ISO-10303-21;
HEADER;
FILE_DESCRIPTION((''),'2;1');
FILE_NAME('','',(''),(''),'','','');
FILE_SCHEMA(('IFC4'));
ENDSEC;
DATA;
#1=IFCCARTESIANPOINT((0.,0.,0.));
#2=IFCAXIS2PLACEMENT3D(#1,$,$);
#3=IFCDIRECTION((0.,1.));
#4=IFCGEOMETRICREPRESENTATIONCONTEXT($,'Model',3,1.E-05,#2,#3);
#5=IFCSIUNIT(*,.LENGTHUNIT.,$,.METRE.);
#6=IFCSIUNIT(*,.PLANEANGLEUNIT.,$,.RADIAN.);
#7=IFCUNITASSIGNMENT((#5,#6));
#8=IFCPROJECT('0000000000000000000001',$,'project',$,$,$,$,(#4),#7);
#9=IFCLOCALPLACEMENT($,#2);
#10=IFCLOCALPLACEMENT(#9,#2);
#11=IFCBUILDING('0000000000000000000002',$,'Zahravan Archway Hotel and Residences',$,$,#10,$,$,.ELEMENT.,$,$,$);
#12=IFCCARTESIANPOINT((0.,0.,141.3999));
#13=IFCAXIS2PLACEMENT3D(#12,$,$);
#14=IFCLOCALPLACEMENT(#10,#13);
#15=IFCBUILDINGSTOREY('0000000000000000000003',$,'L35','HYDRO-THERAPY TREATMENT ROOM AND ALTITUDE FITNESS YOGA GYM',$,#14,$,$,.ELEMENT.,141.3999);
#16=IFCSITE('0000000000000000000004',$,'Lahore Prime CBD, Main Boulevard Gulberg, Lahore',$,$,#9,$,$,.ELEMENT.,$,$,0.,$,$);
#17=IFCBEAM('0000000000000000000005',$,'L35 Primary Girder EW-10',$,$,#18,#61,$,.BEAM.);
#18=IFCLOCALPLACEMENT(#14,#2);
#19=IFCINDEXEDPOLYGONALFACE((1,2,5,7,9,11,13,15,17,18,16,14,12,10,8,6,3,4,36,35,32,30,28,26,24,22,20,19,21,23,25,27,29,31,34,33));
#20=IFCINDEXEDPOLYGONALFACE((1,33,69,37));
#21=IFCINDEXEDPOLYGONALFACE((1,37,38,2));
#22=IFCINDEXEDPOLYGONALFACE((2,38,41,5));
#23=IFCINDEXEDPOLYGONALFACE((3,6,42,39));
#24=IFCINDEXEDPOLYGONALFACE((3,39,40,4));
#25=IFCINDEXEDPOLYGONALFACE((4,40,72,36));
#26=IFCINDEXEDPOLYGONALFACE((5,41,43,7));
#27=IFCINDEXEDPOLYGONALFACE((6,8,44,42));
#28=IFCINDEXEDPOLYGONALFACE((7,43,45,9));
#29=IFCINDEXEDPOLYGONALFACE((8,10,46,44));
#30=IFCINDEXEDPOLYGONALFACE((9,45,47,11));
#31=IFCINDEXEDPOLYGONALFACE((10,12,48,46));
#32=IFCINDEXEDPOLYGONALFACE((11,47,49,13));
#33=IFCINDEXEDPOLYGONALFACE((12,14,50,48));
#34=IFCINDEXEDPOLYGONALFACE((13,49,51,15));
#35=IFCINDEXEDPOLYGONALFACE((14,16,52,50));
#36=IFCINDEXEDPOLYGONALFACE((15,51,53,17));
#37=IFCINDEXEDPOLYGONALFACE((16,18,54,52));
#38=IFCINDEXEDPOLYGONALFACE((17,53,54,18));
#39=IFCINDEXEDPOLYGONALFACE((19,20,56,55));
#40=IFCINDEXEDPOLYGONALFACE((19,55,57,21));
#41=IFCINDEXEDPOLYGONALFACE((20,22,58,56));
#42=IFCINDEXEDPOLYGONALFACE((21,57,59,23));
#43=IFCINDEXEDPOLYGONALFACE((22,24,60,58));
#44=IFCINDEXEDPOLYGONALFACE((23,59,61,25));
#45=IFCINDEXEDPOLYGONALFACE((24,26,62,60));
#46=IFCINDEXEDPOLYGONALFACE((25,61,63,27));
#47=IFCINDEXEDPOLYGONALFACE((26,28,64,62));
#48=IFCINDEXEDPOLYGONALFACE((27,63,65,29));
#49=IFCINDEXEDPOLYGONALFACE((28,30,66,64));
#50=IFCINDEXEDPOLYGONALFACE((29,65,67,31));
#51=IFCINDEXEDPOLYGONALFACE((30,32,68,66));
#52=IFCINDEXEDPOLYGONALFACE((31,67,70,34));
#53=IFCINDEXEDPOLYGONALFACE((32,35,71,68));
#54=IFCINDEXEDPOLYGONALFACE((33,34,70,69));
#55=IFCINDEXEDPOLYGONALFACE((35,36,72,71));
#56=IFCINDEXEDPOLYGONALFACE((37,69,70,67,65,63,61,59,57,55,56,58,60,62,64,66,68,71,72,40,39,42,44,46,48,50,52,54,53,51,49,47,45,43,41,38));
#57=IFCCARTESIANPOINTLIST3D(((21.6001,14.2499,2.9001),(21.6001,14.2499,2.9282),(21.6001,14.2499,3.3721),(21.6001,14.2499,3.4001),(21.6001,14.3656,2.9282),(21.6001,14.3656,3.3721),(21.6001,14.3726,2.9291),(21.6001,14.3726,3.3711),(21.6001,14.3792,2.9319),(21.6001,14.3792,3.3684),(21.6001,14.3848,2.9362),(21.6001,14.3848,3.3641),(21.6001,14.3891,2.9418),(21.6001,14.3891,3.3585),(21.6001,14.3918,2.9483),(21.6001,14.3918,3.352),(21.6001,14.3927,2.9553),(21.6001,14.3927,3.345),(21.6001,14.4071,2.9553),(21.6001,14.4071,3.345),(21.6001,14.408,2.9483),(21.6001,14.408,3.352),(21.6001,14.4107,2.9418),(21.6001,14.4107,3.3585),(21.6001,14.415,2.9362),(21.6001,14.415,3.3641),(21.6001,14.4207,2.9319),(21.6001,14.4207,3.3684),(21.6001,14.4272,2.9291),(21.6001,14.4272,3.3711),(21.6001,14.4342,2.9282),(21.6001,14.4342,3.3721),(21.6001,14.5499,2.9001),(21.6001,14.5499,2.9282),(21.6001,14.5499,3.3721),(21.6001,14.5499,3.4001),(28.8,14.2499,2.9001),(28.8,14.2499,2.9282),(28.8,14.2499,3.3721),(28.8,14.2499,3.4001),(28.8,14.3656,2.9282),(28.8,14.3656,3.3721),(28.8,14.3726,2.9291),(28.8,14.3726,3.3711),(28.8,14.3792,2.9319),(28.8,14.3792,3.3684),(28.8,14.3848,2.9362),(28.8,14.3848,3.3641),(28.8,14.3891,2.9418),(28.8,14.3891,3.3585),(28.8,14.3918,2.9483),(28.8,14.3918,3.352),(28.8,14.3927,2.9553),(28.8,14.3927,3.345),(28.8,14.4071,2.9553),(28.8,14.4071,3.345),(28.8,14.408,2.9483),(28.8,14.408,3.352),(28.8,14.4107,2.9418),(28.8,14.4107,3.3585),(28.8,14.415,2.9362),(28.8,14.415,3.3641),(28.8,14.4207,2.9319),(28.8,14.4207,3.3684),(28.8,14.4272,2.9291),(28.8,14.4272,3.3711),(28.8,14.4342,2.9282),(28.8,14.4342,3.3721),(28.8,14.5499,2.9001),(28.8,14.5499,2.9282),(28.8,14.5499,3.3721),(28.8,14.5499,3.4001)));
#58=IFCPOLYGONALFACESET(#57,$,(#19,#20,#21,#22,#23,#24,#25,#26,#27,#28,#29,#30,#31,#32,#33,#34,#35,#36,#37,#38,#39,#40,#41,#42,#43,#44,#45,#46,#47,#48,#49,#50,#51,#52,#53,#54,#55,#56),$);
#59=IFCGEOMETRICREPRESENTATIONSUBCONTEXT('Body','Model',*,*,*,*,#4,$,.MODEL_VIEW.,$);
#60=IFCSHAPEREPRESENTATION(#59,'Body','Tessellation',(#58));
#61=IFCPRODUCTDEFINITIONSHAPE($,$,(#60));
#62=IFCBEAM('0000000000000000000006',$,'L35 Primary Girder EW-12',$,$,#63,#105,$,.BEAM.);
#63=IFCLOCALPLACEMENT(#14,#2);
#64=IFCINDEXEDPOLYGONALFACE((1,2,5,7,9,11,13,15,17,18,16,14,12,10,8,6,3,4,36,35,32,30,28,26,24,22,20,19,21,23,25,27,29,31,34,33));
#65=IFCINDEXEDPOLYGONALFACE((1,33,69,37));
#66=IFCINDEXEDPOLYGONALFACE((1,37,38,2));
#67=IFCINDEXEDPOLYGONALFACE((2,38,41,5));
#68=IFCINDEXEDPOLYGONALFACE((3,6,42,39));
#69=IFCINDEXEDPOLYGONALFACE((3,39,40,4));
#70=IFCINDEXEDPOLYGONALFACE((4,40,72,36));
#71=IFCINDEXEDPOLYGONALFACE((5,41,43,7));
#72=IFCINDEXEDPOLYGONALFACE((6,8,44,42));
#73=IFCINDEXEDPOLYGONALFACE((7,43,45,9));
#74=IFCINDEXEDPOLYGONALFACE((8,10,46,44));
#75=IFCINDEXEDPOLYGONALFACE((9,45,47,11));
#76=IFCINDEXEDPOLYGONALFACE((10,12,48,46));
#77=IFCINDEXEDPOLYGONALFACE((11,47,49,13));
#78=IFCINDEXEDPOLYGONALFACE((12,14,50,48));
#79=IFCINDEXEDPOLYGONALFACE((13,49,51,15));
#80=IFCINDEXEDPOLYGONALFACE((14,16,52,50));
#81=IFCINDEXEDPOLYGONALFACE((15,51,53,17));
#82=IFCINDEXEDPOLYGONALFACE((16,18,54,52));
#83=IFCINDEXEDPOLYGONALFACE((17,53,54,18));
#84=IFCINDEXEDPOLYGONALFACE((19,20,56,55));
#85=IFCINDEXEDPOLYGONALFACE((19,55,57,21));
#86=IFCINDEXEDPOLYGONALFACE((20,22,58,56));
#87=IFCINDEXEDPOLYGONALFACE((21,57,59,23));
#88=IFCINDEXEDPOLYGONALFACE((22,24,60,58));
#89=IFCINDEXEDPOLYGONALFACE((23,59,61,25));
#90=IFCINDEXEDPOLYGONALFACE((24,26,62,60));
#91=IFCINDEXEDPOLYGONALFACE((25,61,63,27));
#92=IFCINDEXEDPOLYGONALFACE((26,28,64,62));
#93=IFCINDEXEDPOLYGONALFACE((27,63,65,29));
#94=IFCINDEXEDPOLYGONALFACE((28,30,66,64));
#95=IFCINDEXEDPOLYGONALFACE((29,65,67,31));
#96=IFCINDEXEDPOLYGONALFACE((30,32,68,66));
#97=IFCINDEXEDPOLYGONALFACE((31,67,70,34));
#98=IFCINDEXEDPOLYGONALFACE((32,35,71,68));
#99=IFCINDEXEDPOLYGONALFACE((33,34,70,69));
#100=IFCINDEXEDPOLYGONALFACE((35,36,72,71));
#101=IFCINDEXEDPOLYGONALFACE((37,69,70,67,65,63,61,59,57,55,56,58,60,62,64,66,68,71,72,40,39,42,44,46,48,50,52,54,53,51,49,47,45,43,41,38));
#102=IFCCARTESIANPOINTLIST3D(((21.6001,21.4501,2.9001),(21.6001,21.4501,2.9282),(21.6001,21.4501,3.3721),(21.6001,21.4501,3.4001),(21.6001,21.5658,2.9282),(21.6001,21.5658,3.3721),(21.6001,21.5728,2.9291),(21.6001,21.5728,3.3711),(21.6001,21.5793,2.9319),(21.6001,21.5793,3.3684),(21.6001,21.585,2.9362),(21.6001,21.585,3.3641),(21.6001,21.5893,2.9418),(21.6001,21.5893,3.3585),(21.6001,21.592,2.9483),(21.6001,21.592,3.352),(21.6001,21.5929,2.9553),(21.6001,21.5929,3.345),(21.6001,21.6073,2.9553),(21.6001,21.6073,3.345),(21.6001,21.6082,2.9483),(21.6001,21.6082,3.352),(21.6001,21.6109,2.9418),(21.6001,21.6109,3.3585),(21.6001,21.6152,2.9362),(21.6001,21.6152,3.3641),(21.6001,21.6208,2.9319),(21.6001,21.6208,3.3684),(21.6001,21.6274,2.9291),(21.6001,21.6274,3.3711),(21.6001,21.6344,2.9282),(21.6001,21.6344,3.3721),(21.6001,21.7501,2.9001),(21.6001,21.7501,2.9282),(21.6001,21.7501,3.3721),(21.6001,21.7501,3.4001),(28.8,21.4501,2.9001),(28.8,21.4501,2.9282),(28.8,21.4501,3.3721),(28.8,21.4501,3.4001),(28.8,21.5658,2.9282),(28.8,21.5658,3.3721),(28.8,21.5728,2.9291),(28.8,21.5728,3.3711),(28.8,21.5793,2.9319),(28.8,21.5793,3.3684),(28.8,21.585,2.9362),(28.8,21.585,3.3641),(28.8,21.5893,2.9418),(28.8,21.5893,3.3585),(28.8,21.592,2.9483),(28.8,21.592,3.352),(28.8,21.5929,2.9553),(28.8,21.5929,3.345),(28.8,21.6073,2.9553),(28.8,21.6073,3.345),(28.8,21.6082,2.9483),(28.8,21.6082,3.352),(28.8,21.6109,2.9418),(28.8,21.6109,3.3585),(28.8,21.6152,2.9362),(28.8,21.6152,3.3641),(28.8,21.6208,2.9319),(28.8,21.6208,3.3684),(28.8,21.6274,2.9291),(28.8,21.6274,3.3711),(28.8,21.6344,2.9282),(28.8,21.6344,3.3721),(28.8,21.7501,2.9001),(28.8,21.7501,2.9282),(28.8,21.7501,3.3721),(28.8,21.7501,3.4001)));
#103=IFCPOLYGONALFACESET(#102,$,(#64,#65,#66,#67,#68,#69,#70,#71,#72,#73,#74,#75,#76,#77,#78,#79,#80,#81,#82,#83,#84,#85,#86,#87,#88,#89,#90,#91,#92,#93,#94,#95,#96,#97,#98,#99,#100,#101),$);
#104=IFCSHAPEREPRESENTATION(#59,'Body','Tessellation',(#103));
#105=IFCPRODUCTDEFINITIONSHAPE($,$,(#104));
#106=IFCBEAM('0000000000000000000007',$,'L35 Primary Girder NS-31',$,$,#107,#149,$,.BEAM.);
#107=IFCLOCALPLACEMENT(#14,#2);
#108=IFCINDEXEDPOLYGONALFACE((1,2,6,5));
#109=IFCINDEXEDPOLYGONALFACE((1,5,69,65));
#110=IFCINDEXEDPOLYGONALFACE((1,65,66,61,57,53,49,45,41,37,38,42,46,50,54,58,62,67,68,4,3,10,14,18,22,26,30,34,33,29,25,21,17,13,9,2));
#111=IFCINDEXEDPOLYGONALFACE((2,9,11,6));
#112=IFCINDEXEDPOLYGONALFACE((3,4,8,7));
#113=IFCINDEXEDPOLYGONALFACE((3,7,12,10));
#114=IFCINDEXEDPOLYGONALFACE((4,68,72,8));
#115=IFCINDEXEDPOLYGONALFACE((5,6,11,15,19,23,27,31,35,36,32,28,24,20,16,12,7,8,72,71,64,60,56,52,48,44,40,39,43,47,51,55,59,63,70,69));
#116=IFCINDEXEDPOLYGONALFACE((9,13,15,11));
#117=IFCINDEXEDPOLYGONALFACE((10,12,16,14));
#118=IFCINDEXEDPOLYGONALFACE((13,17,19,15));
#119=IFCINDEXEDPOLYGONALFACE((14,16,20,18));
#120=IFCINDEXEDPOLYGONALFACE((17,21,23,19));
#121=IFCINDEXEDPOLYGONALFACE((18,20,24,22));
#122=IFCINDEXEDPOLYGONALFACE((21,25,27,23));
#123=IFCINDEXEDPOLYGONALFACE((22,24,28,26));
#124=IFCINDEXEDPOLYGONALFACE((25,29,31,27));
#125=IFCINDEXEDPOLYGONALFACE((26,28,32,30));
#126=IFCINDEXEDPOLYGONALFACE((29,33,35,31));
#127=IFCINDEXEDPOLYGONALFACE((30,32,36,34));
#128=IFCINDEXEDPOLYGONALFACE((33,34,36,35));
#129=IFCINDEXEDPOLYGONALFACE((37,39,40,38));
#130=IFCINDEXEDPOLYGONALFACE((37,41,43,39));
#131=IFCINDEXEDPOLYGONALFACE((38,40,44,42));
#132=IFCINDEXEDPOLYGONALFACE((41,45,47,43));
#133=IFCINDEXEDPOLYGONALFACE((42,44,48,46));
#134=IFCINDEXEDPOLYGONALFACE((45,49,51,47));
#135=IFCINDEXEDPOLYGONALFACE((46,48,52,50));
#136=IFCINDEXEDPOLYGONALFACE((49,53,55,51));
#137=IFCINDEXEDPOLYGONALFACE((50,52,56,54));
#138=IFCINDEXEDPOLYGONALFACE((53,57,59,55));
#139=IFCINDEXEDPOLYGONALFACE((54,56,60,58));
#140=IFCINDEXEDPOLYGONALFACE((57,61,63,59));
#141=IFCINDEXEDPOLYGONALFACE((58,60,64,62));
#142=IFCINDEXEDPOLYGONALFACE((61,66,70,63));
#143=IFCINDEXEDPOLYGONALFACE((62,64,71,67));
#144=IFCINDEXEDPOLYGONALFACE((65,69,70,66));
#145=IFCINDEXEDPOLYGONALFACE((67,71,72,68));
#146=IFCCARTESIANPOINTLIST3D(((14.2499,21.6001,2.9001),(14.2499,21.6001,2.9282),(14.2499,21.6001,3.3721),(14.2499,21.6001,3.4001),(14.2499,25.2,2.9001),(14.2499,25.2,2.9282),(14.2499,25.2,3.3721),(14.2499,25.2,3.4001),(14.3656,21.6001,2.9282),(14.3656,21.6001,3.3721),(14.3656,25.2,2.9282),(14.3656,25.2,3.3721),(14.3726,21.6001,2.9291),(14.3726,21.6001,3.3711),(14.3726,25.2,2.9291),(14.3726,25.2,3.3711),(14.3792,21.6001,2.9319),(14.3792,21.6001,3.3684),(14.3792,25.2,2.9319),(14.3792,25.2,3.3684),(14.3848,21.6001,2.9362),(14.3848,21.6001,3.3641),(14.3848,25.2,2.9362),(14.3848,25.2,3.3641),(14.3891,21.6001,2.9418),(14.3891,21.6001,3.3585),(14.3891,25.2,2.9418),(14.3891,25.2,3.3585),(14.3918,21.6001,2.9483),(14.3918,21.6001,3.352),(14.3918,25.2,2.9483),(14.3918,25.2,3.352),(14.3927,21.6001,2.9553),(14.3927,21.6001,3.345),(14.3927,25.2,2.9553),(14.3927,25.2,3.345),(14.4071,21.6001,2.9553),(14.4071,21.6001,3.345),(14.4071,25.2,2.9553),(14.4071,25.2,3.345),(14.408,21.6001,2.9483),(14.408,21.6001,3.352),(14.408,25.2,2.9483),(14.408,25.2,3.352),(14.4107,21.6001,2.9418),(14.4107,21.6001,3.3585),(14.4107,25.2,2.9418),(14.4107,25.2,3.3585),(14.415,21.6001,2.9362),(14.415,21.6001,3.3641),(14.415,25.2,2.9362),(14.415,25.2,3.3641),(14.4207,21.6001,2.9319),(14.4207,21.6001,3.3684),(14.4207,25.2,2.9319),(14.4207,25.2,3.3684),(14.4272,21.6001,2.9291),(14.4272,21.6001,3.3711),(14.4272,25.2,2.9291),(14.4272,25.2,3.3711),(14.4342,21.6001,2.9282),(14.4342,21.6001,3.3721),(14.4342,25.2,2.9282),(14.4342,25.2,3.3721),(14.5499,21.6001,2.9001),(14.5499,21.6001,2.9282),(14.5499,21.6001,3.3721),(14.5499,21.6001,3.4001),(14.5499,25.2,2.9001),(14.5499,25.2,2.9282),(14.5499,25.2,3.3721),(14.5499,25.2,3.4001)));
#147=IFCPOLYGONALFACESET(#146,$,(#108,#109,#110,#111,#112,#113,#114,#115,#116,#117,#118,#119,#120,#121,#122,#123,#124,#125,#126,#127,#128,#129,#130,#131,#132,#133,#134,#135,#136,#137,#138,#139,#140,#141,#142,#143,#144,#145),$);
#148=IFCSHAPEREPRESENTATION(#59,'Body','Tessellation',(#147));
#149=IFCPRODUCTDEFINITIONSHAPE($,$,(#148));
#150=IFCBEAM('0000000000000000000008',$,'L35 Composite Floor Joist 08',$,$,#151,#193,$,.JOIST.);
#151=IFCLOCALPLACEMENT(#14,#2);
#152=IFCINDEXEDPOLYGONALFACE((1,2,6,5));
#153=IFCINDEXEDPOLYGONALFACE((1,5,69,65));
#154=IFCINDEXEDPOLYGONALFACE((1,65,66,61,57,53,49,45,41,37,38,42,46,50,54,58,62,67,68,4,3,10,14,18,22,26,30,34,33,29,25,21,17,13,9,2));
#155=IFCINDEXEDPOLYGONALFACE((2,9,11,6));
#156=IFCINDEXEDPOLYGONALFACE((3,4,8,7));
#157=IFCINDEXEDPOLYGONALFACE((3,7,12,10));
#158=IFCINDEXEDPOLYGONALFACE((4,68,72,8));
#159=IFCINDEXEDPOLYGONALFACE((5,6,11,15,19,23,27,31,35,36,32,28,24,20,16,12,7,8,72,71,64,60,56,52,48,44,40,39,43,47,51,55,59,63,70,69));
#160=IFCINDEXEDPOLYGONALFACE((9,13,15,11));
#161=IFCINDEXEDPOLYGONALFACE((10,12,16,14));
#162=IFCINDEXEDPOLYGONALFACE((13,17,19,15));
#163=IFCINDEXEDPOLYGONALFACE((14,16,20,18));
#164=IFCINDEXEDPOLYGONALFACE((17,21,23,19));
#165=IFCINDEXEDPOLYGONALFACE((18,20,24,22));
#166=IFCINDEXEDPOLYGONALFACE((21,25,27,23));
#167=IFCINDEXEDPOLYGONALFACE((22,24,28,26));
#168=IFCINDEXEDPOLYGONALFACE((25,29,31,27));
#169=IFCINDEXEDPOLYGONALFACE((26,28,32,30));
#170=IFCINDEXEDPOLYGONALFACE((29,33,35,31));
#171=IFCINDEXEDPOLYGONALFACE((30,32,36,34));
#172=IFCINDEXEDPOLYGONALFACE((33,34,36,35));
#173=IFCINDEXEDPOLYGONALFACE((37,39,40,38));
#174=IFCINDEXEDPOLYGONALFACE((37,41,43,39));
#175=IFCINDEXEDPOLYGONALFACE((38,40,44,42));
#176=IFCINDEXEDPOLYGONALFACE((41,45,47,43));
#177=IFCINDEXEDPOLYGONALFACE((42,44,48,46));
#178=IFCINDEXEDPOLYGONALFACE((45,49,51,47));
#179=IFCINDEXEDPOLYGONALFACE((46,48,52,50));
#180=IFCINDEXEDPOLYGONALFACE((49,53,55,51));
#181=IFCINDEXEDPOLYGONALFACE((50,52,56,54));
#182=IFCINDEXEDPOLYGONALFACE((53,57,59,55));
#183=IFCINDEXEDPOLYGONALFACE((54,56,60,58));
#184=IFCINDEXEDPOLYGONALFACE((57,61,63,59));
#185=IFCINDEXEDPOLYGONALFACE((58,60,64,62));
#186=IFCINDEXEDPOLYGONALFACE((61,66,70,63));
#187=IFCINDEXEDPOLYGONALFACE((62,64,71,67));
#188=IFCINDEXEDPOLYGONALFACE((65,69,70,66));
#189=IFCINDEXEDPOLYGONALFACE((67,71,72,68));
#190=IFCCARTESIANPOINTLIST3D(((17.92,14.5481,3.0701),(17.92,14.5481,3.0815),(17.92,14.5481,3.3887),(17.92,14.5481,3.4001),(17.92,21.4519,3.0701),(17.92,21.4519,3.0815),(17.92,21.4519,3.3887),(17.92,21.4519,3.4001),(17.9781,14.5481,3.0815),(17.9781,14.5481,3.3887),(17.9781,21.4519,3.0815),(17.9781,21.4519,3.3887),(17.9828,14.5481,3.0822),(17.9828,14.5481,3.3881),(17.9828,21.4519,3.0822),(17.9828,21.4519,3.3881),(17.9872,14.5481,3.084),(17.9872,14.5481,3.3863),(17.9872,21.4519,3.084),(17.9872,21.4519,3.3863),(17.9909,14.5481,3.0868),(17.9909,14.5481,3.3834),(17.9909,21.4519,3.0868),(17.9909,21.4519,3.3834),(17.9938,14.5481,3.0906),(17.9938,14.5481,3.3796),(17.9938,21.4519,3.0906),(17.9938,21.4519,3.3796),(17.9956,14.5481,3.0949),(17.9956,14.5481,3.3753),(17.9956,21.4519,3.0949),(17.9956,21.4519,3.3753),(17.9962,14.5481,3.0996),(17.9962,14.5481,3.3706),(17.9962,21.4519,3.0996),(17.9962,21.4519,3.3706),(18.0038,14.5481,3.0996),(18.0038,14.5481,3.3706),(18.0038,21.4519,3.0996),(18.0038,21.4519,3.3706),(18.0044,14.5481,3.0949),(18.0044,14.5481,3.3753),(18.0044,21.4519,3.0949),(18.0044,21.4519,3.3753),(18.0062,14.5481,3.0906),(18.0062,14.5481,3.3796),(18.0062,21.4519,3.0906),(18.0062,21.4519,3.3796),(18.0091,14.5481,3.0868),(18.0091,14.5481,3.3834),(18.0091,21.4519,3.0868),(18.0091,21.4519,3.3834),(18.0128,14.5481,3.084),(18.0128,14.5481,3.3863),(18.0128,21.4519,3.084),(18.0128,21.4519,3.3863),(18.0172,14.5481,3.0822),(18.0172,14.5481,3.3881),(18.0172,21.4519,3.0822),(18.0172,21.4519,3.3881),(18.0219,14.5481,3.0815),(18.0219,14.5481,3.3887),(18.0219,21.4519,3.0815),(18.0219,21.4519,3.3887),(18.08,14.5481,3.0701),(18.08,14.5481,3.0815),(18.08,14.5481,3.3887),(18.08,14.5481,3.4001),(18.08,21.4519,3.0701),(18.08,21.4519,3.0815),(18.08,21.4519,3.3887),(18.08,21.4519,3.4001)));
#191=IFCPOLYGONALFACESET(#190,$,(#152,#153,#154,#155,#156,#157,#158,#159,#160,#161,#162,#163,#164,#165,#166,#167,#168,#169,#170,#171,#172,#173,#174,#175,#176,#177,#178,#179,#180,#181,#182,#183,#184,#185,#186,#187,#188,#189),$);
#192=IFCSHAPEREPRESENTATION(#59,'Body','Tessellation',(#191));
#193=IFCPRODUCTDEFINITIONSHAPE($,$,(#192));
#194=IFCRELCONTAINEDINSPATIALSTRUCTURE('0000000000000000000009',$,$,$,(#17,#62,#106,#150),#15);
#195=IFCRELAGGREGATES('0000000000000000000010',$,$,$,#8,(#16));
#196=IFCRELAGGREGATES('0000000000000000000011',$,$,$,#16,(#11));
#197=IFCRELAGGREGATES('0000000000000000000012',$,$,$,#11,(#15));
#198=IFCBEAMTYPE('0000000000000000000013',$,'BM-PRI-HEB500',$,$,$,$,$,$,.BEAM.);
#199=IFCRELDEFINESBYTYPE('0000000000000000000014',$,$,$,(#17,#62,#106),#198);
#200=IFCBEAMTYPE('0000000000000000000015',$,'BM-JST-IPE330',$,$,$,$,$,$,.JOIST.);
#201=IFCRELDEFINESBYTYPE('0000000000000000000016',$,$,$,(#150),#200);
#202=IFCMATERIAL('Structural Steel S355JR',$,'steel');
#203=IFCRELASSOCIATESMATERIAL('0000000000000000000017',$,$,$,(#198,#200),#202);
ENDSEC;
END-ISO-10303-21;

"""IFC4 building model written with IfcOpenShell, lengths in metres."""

from ifc_helpers import new_model, si_unit, direction, frame, origin, origin_2d, place, context, subcontext, project, spatial, i_section, extrude, source, transform, mapped, material, material_profile, profile_set, type_object, element, save


model = new_model("IFC4")

# Units and contexts
model_context = context("Model", 3, precision=1e-05, world=origin(), true_north=direction((0.0, 1.0)))
body_context = subcontext(model_context, "Body", "Model", "MODEL_VIEW")
ifc_project = project(units=[si_unit("LENGTHUNIT", "METRE"), si_unit("PLANEANGLEUNIT", "RADIAN")], contexts=[model_context])

# Site, building, storey
site_placement = place(None, origin())
site = spatial("IfcSite", under=ifc_project, at=site_placement, Name="Lahore Prime CBD, Main Boulevard Gulberg, Lahore", CompositionType="ELEMENT", RefElevation=0.0)
building_placement = place(site_placement, origin())
building = spatial("IfcBuilding", under=site, at=building_placement, Name="Zahravan Archway Hotel and Residences", CompositionType="ELEMENT")
storey_placement = place(building_placement, frame((0.0, 0.0, 141.3999)))
storey = spatial("IfcBuildingStorey", under=building, at=storey_placement, Name="L35", Description="HYDRO-THERAPY TREATMENT ROOM AND ALTITUDE FITNESS YOGA GYM", CompositionType="ELEMENT", Elevation=141.3999)

# Beams
ifc_material_1 = material(Name="Structural Steel S355JR", Category="steel")
ifc_material_profile_1 = material_profile(ifc_material_1, i_section(OverallWidth=0.3, OverallDepth=0.5, WebThickness=0.0144, FlangeThickness=0.0281, FilletRadius=0.0271, at=origin_2d()), Name="HEB 500", Category="steel")
ifc_profile_set_1 = profile_set([ifc_material_profile_1], Name="Structural Steel S355JR")
beam_type_1 = type_object("IfcBeamType", Name="BM-PRI-HEB500", PredefinedType="BEAM", material=ifc_profile_set_1)
shared_shape_1 = source(origin(), body_context, "Body", "SweptSolid", [
    extrude(i_section(OverallWidth=0.3, OverallDepth=0.5, WebThickness=0.0144, FlangeThickness=0.0281, FilletRadius=0.0271, at=origin_2d()), origin(), (0.0, 0.0, 1.0), 7.2),
])
for number, where, z_axis, x_axis, name in (
    (1, (21.6001, 14.3999, 3.1501), (1.0, 0.0, 0.0), (0.0, 1.0, 0.0), "L35 Primary Girder EW-10"),
    (2, (21.6001, 21.6001, 3.1501), (1.0, 0.0, 0.0), (0.0, 1.0, 0.0), "L35 Primary Girder EW-12"),
):
    element("IfcBeam", number, at=place(storey_placement, frame(where, z_axis=z_axis, x_axis=x_axis)), inside=storey, type_object=beam_type_1, Name=name, PredefinedType="BEAM", context=body_context, shape_type="MappedRepresentation", body=[
        mapped(shared_shape_1, transform((0.0, 0.0, 0.0), scale=1.0)),
    ])
shared_shape_2 = source(origin(), body_context, "Body", "SweptSolid", [
    extrude(i_section(OverallWidth=0.3, OverallDepth=0.5, WebThickness=0.0144, FlangeThickness=0.0281, FilletRadius=0.0271, at=origin_2d()), origin(), (0.0, 0.0, 1.0), 3.5999),
])
beam_1_placement = place(storey_placement, frame((14.3999, 21.6001, 3.1501), z_axis=(0.0, 1.0, 0.0), x_axis=(-1.0, 0.0, 0.0)))
element("IfcBeam", 3, at=beam_1_placement, inside=storey, type_object=beam_type_1, Name="L35 Primary Girder NS-31", PredefinedType="BEAM", context=body_context, shape_type="MappedRepresentation", body=[
    mapped(shared_shape_2, transform((0.0, 0.0, 0.0), scale=1.0)),
])
ifc_material_profile_2 = material_profile(ifc_material_1, i_section(OverallWidth=0.1599, OverallDepth=0.3301, WebThickness=0.0076, FlangeThickness=0.0115, FilletRadius=0.0181, at=origin_2d()), Name="IPE 330", Category="steel")
ifc_profile_set_2 = profile_set([ifc_material_profile_2], Name="Structural Steel S355JR")
beam_type_2 = type_object("IfcBeamType", Name="BM-JST-IPE330", PredefinedType="JOIST", material=ifc_profile_set_2)
shared_shape_3 = source(origin(), body_context, "Body", "SweptSolid", [
    extrude(i_section(OverallWidth=0.1599, OverallDepth=0.3301, WebThickness=0.0076, FlangeThickness=0.0115, FilletRadius=0.0181, at=origin_2d()), origin(), (0.0, 0.0, 1.0), 6.9038),
])
beam_2_placement = place(storey_placement, frame((18.0, 14.5481, 3.2351), z_axis=(0.0, 1.0, 0.0), x_axis=(-1.0, 0.0, 0.0)))
element("IfcBeam", 4, at=beam_2_placement, inside=storey, type_object=beam_type_2, Name="L35 Composite Floor Joist 08", PredefinedType="JOIST", context=body_context, shape_type="MappedRepresentation", body=[
    mapped(shared_shape_3, transform((0.0, 0.0, 0.0), scale=1.0)),
])

save(model, "model.ifc")
